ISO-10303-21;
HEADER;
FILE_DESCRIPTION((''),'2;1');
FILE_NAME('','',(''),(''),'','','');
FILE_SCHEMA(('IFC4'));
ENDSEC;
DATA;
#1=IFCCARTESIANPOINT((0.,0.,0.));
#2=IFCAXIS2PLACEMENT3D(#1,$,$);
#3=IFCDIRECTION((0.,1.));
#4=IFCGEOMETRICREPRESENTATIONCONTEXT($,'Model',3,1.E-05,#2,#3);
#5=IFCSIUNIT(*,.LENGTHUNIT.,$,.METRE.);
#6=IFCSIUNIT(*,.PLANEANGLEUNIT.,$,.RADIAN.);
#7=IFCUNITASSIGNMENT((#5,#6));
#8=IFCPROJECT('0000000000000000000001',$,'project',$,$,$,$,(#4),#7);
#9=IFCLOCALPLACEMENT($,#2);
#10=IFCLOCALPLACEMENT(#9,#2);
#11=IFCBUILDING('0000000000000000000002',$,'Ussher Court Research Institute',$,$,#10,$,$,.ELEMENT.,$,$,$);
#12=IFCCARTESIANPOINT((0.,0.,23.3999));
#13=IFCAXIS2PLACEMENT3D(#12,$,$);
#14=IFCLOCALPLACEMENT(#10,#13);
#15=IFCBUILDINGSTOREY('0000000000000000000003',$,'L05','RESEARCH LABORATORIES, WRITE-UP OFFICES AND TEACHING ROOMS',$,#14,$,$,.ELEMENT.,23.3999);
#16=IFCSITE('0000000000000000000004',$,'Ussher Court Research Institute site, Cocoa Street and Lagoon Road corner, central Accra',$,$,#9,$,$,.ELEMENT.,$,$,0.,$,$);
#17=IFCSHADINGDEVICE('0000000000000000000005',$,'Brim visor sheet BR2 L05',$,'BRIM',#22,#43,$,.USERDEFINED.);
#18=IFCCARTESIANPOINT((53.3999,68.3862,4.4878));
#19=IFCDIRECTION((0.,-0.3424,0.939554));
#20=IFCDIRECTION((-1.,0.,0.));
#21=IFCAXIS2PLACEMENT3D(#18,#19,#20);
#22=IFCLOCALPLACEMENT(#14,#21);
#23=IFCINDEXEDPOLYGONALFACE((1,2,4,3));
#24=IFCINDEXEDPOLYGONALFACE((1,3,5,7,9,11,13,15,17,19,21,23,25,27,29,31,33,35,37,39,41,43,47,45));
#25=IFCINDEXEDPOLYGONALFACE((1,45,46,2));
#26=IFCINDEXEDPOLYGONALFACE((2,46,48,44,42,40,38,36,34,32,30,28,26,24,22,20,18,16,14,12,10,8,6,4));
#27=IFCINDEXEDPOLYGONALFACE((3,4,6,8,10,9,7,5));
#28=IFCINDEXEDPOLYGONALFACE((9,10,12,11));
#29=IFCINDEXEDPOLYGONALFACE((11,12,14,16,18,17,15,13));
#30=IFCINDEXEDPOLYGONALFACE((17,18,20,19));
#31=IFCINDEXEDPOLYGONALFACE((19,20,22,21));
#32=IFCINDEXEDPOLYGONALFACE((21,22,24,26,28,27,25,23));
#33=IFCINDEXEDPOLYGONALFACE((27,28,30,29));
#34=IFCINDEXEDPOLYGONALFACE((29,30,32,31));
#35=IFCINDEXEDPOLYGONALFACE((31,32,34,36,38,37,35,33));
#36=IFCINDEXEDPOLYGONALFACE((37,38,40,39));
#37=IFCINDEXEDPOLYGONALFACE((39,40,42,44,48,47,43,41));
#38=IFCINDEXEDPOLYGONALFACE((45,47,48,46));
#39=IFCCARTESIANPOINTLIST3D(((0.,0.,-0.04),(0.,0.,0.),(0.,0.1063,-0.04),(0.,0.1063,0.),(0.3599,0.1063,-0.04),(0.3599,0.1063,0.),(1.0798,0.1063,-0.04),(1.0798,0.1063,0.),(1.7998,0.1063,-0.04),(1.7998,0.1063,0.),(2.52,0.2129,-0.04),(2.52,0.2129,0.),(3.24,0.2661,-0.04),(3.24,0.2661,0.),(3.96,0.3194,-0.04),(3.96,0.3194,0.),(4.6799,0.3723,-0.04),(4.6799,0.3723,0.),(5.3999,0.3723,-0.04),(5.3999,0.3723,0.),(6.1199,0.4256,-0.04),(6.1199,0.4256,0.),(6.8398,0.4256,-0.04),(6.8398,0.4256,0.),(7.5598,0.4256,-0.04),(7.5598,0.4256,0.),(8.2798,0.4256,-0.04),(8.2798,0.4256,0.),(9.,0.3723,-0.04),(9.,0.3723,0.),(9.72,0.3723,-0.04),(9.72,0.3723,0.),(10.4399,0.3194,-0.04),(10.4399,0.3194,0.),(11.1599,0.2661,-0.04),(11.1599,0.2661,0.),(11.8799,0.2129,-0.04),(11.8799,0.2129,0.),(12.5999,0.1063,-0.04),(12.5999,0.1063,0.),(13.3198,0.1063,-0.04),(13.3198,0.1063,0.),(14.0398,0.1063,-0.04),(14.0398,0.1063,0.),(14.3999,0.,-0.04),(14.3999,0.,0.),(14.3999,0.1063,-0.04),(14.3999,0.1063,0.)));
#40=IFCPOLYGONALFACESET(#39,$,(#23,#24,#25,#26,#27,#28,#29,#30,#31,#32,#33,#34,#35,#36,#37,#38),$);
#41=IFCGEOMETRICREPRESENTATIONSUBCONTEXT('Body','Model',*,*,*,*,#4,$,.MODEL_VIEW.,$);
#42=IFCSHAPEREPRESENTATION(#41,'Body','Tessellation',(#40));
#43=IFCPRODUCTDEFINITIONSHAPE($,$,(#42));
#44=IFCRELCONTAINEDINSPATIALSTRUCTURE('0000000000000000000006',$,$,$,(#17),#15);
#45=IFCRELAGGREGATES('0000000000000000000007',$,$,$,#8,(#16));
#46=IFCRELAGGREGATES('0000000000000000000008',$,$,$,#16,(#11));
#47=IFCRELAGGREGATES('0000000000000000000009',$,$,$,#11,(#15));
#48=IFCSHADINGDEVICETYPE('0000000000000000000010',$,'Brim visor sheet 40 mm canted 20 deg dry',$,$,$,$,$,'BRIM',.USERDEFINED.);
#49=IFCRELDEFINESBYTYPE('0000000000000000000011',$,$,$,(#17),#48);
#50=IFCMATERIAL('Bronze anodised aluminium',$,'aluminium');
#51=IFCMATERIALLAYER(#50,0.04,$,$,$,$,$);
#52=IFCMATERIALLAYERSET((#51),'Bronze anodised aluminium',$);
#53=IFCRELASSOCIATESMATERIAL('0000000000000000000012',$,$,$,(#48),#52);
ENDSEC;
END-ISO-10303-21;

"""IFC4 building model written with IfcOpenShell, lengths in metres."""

from ifc_helpers import new_model, si_unit, direction, frame, origin, place, context, subcontext, project, spatial, polyline, outline, extrude, material, layer, layer_set, type_object, element, save


model = new_model("IFC4")

# Units and contexts
model_context = context("Model", 3, precision=1e-05, world=origin(), true_north=direction((0.0, 1.0)))
body_context = subcontext(model_context, "Body", "Model", "MODEL_VIEW")
ifc_project = project(units=[si_unit("LENGTHUNIT", "METRE"), si_unit("PLANEANGLEUNIT", "RADIAN")], contexts=[model_context])

# Site, building, storey
site_placement = place(None, origin())
site = spatial("IfcSite", under=ifc_project, at=site_placement, Name="Ussher Court Research Institute site, Cocoa Street and Lagoon Road corner, central Accra", CompositionType="ELEMENT", RefElevation=0.0)
building_placement = place(site_placement, origin())
building = spatial("IfcBuilding", under=site, at=building_placement, Name="Ussher Court Research Institute", CompositionType="ELEMENT")
storey_placement = place(building_placement, frame((0.0, 0.0, 23.3999)))
storey = spatial("IfcBuildingStorey", under=building, at=storey_placement, Name="L05", Description="RESEARCH LABORATORIES, WRITE-UP OFFICES AND TEACHING ROOMS", CompositionType="ELEMENT", Elevation=23.3999)

# Shading device
ifc_material_1 = material(Name="Bronze anodised aluminium", Category="aluminium")
ifc_layer_1 = layer(ifc_material_1, 0.04)
ifc_layer_set_1 = layer_set([ifc_layer_1], Name="Bronze anodised aluminium")
shading_device_type_1 = type_object("IfcShadingDeviceType", Name="Brim visor sheet 40 mm canted 20 deg dry", ElementType="BRIM", PredefinedType="USERDEFINED", material=ifc_layer_set_1)
shading_device_1_placement = place(storey_placement, frame((53.3999, 68.3862, 4.4878), z_axis=(0.0, -0.3424, 0.939554), x_axis=(-1.0, 0.0, 0.0)))
element("IfcShadingDevice", 1, at=shading_device_1_placement, inside=storey, type_object=shading_device_type_1, Name="Brim visor sheet BR2 L05", ObjectType="BRIM", PredefinedType="USERDEFINED", context=body_context, shape_type="SweptSolid", body=[
    extrude(outline(polyline([(0.0, 0.0), (14.3999, 0.0), (14.3999, 0.1063), (14.0398, 0.1063), (13.3198, 0.1063), (12.5999, 0.1063), (11.8799, 0.2129), (11.1599, 0.2661), (10.4399, 0.3194), (9.72, 0.3723), (9.0, 0.3723), (8.2798, 0.4256), (7.5598, 0.4256), (6.8398, 0.4256), (6.1199, 0.4256), (5.3999, 0.3723), (4.6799, 0.3723), (3.96, 0.3194), (3.24, 0.2661), (2.52, 0.2129), (1.7998, 0.1063), (1.0798, 0.1063), (0.3599, 0.1063), (0.0, 0.1063), (0.0, 0.0)])), origin(), (0.0, 0.0, -1.0), 0.04),
])

save(model, "model.ifc")
